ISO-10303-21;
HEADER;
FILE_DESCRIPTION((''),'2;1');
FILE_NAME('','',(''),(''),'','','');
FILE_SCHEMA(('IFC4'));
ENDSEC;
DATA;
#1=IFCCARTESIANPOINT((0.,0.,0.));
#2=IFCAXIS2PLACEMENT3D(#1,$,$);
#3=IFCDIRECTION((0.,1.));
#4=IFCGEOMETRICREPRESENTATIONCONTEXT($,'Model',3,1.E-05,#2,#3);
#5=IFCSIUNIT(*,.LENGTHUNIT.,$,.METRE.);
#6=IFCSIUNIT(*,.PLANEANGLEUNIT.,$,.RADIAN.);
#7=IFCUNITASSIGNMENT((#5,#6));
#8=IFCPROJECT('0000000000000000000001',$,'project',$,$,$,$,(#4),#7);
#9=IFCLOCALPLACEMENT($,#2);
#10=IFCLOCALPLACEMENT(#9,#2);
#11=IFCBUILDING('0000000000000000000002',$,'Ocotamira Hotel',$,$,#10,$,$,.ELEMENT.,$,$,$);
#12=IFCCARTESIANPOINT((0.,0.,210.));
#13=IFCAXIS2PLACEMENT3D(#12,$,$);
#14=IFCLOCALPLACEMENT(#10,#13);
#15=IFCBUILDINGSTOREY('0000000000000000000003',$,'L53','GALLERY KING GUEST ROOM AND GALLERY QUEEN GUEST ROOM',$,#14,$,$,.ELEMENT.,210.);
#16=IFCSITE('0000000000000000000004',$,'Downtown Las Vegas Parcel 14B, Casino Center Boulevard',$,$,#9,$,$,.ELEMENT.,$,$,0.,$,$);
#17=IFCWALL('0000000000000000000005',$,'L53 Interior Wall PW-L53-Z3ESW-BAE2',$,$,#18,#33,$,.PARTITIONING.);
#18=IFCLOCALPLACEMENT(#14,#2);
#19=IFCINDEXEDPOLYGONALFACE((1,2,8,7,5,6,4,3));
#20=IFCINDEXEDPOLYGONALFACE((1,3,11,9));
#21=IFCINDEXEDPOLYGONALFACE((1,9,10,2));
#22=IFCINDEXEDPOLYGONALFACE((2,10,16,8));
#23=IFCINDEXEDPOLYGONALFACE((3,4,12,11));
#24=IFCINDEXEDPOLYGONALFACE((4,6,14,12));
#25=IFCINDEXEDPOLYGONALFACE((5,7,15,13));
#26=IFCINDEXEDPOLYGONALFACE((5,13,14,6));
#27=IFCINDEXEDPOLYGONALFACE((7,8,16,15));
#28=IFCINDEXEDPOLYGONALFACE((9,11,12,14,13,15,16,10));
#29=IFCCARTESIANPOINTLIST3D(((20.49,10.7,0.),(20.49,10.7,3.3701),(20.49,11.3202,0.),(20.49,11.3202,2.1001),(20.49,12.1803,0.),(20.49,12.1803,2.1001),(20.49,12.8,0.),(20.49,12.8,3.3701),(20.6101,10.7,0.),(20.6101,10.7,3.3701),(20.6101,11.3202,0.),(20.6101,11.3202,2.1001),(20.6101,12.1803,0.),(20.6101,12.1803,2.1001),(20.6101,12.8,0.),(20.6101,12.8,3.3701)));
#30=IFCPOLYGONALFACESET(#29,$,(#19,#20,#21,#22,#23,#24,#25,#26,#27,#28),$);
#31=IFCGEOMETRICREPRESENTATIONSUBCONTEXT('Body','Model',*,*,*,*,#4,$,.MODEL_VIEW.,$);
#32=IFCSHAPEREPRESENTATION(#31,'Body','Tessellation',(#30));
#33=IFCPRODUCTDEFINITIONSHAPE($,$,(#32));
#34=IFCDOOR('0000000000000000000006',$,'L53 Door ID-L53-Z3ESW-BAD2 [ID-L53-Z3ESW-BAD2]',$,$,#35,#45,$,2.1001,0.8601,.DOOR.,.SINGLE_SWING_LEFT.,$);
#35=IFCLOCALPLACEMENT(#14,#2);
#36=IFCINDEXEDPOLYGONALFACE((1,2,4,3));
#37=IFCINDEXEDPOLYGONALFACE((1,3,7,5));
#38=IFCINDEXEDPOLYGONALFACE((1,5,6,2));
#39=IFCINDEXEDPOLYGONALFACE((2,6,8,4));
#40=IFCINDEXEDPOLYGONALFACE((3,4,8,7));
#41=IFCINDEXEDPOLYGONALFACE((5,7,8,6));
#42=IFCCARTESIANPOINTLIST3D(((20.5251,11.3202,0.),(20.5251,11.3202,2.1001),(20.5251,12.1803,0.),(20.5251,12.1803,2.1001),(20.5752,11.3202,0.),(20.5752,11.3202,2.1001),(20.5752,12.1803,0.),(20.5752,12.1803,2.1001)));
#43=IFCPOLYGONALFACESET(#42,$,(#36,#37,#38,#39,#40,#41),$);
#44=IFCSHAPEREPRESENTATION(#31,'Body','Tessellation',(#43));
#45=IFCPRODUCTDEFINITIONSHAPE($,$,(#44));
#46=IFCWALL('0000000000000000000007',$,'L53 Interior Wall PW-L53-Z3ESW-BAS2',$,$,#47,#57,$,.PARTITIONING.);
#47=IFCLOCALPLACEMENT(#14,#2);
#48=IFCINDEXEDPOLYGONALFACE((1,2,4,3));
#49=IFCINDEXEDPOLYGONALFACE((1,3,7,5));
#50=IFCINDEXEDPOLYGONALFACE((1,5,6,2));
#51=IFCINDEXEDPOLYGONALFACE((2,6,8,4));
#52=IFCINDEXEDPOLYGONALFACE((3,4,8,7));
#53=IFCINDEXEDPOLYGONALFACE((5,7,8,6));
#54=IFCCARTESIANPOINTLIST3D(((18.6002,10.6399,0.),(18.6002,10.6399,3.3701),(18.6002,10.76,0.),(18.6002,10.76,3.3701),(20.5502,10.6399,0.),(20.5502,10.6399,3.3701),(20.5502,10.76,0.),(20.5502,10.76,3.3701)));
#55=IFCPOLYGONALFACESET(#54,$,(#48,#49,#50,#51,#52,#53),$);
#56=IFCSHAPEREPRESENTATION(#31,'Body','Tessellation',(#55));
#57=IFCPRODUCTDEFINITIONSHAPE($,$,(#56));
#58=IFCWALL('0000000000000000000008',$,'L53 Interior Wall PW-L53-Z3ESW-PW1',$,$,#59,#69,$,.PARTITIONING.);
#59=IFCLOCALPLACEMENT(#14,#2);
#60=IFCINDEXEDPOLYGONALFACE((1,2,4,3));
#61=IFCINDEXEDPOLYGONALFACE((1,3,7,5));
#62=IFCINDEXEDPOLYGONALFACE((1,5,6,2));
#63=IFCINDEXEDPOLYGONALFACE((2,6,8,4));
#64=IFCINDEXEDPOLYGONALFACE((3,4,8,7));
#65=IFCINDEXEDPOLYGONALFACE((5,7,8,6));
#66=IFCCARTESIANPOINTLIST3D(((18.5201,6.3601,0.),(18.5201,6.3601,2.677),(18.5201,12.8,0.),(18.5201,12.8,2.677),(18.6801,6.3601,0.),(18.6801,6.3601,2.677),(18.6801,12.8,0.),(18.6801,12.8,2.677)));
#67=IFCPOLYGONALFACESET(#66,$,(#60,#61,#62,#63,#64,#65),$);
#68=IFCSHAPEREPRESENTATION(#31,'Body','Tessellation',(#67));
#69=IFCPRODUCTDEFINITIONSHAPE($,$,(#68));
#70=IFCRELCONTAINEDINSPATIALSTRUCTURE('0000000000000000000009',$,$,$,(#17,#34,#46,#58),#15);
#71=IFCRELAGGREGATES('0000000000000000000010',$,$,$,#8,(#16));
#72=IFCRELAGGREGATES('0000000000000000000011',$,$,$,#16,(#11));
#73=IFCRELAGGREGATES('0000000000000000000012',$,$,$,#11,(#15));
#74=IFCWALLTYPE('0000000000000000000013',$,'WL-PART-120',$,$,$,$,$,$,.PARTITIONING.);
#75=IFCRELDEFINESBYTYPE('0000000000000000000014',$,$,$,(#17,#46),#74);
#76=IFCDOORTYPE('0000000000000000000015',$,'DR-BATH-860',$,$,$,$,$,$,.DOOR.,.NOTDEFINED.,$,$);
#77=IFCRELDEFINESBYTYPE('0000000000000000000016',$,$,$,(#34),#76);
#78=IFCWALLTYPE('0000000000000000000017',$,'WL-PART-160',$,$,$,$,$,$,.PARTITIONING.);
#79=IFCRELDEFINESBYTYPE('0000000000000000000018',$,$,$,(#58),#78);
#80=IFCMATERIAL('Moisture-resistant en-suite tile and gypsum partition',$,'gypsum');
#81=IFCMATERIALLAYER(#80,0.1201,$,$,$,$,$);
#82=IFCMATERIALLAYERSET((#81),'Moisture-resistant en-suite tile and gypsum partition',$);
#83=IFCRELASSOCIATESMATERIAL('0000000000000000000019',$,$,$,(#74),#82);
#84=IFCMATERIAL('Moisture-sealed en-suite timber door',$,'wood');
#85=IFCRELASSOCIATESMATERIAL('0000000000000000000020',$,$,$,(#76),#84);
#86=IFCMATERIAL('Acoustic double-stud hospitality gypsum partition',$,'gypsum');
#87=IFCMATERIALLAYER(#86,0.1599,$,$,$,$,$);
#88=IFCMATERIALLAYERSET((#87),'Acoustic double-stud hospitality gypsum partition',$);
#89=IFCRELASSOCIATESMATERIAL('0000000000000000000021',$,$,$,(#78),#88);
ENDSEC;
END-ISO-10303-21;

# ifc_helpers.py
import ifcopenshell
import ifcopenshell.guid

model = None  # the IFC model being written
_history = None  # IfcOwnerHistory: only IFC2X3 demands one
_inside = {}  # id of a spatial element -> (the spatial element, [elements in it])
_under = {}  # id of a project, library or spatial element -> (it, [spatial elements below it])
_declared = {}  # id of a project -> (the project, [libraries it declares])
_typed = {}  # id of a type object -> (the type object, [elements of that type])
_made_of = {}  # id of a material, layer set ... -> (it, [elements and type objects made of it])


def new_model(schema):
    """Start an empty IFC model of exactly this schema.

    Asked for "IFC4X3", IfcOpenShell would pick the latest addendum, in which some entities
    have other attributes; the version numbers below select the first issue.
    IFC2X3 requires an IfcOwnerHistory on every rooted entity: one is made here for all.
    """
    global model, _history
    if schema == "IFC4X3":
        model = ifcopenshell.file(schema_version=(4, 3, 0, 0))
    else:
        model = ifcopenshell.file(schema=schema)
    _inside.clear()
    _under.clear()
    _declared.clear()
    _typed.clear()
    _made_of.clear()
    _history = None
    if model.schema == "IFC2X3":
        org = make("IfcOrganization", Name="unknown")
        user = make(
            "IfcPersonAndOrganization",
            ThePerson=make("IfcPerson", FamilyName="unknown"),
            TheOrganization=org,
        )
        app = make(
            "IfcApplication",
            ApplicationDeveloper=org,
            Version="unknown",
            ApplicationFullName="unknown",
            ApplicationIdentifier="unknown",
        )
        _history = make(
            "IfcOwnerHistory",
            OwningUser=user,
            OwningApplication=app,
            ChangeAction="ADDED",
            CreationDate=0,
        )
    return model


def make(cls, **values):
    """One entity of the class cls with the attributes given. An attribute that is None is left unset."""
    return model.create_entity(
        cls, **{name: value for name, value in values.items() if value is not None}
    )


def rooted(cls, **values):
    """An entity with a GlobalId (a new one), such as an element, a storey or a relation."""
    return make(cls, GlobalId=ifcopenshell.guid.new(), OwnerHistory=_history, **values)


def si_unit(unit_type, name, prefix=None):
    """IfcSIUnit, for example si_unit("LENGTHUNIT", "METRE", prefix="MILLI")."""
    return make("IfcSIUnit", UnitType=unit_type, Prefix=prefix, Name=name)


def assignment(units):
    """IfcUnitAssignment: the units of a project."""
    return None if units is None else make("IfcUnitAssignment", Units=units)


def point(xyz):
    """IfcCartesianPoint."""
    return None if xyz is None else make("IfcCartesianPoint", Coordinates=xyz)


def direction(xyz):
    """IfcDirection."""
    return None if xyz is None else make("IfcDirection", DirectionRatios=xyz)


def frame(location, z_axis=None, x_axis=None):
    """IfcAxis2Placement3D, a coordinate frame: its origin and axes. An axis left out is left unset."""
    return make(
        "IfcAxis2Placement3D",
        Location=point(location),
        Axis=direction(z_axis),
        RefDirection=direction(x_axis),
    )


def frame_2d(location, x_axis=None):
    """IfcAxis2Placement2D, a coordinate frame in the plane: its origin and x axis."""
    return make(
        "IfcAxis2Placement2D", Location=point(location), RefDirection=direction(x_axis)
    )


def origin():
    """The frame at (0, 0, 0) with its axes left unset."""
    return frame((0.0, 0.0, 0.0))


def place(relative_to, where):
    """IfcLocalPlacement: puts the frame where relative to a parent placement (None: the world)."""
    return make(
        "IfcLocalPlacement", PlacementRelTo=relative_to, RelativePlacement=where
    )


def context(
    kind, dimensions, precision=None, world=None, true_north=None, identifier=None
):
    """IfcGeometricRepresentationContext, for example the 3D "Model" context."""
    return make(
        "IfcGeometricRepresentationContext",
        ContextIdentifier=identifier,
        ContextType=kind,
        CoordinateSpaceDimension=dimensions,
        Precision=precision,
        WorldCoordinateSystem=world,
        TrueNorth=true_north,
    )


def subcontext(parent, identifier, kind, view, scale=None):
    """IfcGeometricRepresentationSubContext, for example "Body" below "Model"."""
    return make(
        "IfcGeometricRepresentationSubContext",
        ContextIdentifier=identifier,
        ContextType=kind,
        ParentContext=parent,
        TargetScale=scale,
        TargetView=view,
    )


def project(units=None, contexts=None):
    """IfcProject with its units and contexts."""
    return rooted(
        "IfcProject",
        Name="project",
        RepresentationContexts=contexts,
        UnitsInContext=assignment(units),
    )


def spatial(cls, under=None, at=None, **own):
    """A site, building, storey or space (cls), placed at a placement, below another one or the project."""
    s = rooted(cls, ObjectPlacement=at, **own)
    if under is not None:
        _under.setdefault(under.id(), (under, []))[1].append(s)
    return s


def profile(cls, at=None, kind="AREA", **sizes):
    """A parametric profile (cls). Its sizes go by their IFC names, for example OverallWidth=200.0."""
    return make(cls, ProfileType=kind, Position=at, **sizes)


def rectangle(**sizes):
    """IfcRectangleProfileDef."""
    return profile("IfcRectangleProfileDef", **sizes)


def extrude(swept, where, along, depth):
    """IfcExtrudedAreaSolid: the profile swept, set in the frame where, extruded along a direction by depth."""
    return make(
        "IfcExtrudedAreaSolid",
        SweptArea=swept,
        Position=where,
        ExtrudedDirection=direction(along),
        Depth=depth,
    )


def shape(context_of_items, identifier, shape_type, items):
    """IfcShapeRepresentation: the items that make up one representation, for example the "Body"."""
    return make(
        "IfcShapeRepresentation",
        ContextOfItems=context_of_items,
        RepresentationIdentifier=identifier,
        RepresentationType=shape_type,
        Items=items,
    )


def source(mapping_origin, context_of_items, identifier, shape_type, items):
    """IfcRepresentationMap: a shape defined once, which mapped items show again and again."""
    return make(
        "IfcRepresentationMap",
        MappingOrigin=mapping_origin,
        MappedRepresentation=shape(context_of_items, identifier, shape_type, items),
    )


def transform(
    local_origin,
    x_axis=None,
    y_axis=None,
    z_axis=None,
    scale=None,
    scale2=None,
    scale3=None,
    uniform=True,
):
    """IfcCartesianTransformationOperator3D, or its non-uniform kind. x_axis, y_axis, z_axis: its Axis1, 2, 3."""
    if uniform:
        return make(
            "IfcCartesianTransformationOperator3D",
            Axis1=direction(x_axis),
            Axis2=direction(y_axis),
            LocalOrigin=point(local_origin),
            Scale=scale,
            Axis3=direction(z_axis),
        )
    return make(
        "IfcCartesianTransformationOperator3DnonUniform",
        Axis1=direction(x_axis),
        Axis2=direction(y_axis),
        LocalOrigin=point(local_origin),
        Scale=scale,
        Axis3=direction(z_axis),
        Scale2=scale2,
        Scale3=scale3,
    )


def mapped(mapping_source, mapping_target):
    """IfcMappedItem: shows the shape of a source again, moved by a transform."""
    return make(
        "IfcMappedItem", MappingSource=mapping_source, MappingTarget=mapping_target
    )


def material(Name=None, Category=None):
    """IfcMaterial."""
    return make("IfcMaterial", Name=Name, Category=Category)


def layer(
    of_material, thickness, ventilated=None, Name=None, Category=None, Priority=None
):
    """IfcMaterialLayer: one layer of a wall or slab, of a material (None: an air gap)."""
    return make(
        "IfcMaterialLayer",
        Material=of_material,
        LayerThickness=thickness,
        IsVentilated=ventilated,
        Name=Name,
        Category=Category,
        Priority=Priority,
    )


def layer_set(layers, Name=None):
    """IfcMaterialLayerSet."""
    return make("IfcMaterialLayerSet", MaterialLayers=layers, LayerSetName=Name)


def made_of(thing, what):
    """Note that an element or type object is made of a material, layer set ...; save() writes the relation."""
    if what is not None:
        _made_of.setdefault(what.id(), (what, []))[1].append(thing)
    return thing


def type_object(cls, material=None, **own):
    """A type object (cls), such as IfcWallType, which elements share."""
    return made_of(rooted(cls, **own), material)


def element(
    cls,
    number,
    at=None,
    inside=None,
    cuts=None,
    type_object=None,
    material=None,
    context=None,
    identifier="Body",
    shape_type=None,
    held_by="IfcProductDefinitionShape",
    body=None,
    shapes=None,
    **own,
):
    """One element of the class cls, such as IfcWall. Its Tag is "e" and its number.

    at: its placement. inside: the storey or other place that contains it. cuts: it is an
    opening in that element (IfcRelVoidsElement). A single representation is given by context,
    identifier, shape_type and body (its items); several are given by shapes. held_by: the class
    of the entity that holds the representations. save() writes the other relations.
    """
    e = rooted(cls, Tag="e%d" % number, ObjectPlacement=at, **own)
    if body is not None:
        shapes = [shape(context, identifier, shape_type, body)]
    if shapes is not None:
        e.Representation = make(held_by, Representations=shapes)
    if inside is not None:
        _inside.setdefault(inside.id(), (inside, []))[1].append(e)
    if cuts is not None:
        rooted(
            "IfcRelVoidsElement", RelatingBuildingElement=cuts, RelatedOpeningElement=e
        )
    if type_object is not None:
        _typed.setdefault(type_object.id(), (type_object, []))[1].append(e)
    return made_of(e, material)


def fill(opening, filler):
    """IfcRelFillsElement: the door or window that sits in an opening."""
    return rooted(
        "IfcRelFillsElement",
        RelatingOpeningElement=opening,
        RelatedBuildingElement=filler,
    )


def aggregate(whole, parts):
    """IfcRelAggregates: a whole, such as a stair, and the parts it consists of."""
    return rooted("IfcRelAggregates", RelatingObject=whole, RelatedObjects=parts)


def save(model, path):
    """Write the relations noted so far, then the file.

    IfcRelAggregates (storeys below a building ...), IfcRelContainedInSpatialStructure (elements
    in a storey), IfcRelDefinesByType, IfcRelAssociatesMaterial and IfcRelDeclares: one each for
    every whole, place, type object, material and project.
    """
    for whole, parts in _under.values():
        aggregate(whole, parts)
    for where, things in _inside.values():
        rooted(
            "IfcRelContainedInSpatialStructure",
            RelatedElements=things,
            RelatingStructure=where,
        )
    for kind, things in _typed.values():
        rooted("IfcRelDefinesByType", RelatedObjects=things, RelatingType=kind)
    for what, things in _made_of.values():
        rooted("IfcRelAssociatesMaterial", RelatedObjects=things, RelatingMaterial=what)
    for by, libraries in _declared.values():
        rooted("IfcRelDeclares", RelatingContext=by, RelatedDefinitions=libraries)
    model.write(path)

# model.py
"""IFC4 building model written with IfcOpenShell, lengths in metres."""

from ifc_helpers import new_model, si_unit, direction, frame, frame_2d, origin, place, context, subcontext, project, spatial, rectangle, extrude, source, transform, mapped, material, layer, layer_set, type_object, element, fill, save


model = new_model("IFC4")

# Units and contexts
model_context = context("Model", 3, precision=1e-05, world=origin(), true_north=direction((0.0, 1.0)))
body_context = subcontext(model_context, "Body", "Model", "MODEL_VIEW")
ifc_project = project(units=[si_unit("LENGTHUNIT", "METRE"), si_unit("PLANEANGLEUNIT", "RADIAN")], contexts=[model_context])

# Site, building, storey
site_placement = place(None, origin())
site = spatial("IfcSite", under=ifc_project, at=site_placement, Name="Downtown Las Vegas Parcel 14B, Casino Center Boulevard", CompositionType="ELEMENT", RefElevation=0.0)
building_placement = place(site_placement, origin())
building = spatial("IfcBuilding", under=site, at=building_placement, Name="Ocotamira Hotel", CompositionType="ELEMENT")
storey_placement = place(building_placement, frame((0.0, 0.0, 210.0)))
storey = spatial("IfcBuildingStorey", under=building, at=storey_placement, Name="L53", Description="GALLERY KING GUEST ROOM AND GALLERY QUEEN GUEST ROOM", CompositionType="ELEMENT", Elevation=210.0)

# Shared definitions
ifc_material_1 = material(Name="Moisture-resistant en-suite tile and gypsum partition", Category="gypsum")
ifc_layer_1 = layer(ifc_material_1, 0.1201)
ifc_layer_set_1 = layer_set([ifc_layer_1], Name="Moisture-resistant en-suite tile and gypsum partition")
wall_type_1 = type_object("IfcWallType", Name="WL-PART-120", PredefinedType="PARTITIONING", material=ifc_layer_set_1)
ifc_material_2 = material(Name="Moisture-sealed en-suite timber door", Category="wood")
door_type = type_object("IfcDoorType", Name="DR-BATH-860", OperationType="NOTDEFINED", PredefinedType="DOOR", material=ifc_material_2)
shared_shape_1 = source(origin(), body_context, "Body", "SweptSolid", [
    extrude(rectangle(XDim=0.8601, YDim=2.1001, at=frame_2d((0.4302, 1.05))), frame((0.0, 0.0249, 0.0), z_axis=(0.0, -1.0, 0.0), x_axis=(1.0, 0.0, 0.0)), (0.0, 0.0, 1.0), 0.05),
])

# Wall, opening, door
wall_1_placement = place(storey_placement, frame((20.55, 10.7, 0.0), z_axis=(0.0, 0.0, 1.0), x_axis=(0.0, 1.0, 0.0)))
wall_1 = element("IfcWall", 1, at=wall_1_placement, inside=storey, type_object=wall_type_1, Name="L53 Interior Wall PW-L53-Z3ESW-BAE2", PredefinedType="PARTITIONING", context=body_context, shape_type="SweptSolid", body=[
    extrude(rectangle(XDim=2.1001, YDim=0.1201, at=frame_2d((1.05, 0.0))), origin(), (0.0, 0.0, 1.0), 3.3701),
])
opening_1_placement = place(wall_1_placement, frame((0.6201, 0.0, 0.0)))
opening_1 = element("IfcOpeningElement", 2, at=opening_1_placement, cuts=wall_1, PredefinedType="OPENING", context=body_context, shape_type="SweptSolid", body=[
    extrude(rectangle(XDim=0.8601, YDim=2.1001, at=frame_2d((0.4302, 1.05))), frame((0.0, 0.0701, 0.0), z_axis=(0.0, -1.0, 0.0), x_axis=(1.0, 0.0, 0.0)), (0.0, 0.0, 1.0), 0.1401),
])
door_1_placement = place(opening_1_placement, origin())
door_1 = element("IfcDoor", 3, at=door_1_placement, inside=storey, type_object=door_type, Name="L53 Door ID-L53-Z3ESW-BAD2 [ID-L53-Z3ESW-BAD2]", OperationType="SINGLE_SWING_LEFT", OverallHeight=2.1001, OverallWidth=0.8601, PredefinedType="DOOR", context=body_context, shape_type="MappedRepresentation", body=[
    mapped(shared_shape_1, transform((0.0, 0.0, 0.0), scale=1.0)),
])
fill(opening_1, door_1)

# Walls
wall_2_placement = place(storey_placement, frame((18.6001, 10.7, 0.0), z_axis=(0.0, 0.0, 1.0), x_axis=(1.0, 0.0, 0.0)))
element("IfcWall", 4, at=wall_2_placement, inside=storey, type_object=wall_type_1, Name="L53 Interior Wall PW-L53-Z3ESW-BAS2", PredefinedType="PARTITIONING", context=body_context, shape_type="SweptSolid", body=[
    extrude(rectangle(XDim=1.95, YDim=0.1201, at=frame_2d((0.9751, 0.0))), origin(), (0.0, 0.0, 1.0), 3.3701),
])
ifc_material_3 = material(Name="Acoustic double-stud hospitality gypsum partition", Category="gypsum")
ifc_layer_2 = layer(ifc_material_3, 0.1599)
ifc_layer_set_2 = layer_set([ifc_layer_2], Name="Acoustic double-stud hospitality gypsum partition")
wall_type_2 = type_object("IfcWallType", Name="WL-PART-160", PredefinedType="PARTITIONING", material=ifc_layer_set_2)
wall_3_placement = place(storey_placement, frame((18.6001, 6.3601, 0.0), z_axis=(0.0, 0.0, 1.0), x_axis=(0.0, 1.0, 0.0)))
element("IfcWall", 5, at=wall_3_placement, inside=storey, type_object=wall_type_2, Name="L53 Interior Wall PW-L53-Z3ESW-PW1", PredefinedType="PARTITIONING", context=body_context, shape_type="SweptSolid", body=[
    extrude(rectangle(XDim=6.4399, YDim=0.1599, at=frame_2d((3.22, 0.0))), origin(), (0.0, 0.0, 1.0), 2.677),
])

save(model, "model.ifc")
